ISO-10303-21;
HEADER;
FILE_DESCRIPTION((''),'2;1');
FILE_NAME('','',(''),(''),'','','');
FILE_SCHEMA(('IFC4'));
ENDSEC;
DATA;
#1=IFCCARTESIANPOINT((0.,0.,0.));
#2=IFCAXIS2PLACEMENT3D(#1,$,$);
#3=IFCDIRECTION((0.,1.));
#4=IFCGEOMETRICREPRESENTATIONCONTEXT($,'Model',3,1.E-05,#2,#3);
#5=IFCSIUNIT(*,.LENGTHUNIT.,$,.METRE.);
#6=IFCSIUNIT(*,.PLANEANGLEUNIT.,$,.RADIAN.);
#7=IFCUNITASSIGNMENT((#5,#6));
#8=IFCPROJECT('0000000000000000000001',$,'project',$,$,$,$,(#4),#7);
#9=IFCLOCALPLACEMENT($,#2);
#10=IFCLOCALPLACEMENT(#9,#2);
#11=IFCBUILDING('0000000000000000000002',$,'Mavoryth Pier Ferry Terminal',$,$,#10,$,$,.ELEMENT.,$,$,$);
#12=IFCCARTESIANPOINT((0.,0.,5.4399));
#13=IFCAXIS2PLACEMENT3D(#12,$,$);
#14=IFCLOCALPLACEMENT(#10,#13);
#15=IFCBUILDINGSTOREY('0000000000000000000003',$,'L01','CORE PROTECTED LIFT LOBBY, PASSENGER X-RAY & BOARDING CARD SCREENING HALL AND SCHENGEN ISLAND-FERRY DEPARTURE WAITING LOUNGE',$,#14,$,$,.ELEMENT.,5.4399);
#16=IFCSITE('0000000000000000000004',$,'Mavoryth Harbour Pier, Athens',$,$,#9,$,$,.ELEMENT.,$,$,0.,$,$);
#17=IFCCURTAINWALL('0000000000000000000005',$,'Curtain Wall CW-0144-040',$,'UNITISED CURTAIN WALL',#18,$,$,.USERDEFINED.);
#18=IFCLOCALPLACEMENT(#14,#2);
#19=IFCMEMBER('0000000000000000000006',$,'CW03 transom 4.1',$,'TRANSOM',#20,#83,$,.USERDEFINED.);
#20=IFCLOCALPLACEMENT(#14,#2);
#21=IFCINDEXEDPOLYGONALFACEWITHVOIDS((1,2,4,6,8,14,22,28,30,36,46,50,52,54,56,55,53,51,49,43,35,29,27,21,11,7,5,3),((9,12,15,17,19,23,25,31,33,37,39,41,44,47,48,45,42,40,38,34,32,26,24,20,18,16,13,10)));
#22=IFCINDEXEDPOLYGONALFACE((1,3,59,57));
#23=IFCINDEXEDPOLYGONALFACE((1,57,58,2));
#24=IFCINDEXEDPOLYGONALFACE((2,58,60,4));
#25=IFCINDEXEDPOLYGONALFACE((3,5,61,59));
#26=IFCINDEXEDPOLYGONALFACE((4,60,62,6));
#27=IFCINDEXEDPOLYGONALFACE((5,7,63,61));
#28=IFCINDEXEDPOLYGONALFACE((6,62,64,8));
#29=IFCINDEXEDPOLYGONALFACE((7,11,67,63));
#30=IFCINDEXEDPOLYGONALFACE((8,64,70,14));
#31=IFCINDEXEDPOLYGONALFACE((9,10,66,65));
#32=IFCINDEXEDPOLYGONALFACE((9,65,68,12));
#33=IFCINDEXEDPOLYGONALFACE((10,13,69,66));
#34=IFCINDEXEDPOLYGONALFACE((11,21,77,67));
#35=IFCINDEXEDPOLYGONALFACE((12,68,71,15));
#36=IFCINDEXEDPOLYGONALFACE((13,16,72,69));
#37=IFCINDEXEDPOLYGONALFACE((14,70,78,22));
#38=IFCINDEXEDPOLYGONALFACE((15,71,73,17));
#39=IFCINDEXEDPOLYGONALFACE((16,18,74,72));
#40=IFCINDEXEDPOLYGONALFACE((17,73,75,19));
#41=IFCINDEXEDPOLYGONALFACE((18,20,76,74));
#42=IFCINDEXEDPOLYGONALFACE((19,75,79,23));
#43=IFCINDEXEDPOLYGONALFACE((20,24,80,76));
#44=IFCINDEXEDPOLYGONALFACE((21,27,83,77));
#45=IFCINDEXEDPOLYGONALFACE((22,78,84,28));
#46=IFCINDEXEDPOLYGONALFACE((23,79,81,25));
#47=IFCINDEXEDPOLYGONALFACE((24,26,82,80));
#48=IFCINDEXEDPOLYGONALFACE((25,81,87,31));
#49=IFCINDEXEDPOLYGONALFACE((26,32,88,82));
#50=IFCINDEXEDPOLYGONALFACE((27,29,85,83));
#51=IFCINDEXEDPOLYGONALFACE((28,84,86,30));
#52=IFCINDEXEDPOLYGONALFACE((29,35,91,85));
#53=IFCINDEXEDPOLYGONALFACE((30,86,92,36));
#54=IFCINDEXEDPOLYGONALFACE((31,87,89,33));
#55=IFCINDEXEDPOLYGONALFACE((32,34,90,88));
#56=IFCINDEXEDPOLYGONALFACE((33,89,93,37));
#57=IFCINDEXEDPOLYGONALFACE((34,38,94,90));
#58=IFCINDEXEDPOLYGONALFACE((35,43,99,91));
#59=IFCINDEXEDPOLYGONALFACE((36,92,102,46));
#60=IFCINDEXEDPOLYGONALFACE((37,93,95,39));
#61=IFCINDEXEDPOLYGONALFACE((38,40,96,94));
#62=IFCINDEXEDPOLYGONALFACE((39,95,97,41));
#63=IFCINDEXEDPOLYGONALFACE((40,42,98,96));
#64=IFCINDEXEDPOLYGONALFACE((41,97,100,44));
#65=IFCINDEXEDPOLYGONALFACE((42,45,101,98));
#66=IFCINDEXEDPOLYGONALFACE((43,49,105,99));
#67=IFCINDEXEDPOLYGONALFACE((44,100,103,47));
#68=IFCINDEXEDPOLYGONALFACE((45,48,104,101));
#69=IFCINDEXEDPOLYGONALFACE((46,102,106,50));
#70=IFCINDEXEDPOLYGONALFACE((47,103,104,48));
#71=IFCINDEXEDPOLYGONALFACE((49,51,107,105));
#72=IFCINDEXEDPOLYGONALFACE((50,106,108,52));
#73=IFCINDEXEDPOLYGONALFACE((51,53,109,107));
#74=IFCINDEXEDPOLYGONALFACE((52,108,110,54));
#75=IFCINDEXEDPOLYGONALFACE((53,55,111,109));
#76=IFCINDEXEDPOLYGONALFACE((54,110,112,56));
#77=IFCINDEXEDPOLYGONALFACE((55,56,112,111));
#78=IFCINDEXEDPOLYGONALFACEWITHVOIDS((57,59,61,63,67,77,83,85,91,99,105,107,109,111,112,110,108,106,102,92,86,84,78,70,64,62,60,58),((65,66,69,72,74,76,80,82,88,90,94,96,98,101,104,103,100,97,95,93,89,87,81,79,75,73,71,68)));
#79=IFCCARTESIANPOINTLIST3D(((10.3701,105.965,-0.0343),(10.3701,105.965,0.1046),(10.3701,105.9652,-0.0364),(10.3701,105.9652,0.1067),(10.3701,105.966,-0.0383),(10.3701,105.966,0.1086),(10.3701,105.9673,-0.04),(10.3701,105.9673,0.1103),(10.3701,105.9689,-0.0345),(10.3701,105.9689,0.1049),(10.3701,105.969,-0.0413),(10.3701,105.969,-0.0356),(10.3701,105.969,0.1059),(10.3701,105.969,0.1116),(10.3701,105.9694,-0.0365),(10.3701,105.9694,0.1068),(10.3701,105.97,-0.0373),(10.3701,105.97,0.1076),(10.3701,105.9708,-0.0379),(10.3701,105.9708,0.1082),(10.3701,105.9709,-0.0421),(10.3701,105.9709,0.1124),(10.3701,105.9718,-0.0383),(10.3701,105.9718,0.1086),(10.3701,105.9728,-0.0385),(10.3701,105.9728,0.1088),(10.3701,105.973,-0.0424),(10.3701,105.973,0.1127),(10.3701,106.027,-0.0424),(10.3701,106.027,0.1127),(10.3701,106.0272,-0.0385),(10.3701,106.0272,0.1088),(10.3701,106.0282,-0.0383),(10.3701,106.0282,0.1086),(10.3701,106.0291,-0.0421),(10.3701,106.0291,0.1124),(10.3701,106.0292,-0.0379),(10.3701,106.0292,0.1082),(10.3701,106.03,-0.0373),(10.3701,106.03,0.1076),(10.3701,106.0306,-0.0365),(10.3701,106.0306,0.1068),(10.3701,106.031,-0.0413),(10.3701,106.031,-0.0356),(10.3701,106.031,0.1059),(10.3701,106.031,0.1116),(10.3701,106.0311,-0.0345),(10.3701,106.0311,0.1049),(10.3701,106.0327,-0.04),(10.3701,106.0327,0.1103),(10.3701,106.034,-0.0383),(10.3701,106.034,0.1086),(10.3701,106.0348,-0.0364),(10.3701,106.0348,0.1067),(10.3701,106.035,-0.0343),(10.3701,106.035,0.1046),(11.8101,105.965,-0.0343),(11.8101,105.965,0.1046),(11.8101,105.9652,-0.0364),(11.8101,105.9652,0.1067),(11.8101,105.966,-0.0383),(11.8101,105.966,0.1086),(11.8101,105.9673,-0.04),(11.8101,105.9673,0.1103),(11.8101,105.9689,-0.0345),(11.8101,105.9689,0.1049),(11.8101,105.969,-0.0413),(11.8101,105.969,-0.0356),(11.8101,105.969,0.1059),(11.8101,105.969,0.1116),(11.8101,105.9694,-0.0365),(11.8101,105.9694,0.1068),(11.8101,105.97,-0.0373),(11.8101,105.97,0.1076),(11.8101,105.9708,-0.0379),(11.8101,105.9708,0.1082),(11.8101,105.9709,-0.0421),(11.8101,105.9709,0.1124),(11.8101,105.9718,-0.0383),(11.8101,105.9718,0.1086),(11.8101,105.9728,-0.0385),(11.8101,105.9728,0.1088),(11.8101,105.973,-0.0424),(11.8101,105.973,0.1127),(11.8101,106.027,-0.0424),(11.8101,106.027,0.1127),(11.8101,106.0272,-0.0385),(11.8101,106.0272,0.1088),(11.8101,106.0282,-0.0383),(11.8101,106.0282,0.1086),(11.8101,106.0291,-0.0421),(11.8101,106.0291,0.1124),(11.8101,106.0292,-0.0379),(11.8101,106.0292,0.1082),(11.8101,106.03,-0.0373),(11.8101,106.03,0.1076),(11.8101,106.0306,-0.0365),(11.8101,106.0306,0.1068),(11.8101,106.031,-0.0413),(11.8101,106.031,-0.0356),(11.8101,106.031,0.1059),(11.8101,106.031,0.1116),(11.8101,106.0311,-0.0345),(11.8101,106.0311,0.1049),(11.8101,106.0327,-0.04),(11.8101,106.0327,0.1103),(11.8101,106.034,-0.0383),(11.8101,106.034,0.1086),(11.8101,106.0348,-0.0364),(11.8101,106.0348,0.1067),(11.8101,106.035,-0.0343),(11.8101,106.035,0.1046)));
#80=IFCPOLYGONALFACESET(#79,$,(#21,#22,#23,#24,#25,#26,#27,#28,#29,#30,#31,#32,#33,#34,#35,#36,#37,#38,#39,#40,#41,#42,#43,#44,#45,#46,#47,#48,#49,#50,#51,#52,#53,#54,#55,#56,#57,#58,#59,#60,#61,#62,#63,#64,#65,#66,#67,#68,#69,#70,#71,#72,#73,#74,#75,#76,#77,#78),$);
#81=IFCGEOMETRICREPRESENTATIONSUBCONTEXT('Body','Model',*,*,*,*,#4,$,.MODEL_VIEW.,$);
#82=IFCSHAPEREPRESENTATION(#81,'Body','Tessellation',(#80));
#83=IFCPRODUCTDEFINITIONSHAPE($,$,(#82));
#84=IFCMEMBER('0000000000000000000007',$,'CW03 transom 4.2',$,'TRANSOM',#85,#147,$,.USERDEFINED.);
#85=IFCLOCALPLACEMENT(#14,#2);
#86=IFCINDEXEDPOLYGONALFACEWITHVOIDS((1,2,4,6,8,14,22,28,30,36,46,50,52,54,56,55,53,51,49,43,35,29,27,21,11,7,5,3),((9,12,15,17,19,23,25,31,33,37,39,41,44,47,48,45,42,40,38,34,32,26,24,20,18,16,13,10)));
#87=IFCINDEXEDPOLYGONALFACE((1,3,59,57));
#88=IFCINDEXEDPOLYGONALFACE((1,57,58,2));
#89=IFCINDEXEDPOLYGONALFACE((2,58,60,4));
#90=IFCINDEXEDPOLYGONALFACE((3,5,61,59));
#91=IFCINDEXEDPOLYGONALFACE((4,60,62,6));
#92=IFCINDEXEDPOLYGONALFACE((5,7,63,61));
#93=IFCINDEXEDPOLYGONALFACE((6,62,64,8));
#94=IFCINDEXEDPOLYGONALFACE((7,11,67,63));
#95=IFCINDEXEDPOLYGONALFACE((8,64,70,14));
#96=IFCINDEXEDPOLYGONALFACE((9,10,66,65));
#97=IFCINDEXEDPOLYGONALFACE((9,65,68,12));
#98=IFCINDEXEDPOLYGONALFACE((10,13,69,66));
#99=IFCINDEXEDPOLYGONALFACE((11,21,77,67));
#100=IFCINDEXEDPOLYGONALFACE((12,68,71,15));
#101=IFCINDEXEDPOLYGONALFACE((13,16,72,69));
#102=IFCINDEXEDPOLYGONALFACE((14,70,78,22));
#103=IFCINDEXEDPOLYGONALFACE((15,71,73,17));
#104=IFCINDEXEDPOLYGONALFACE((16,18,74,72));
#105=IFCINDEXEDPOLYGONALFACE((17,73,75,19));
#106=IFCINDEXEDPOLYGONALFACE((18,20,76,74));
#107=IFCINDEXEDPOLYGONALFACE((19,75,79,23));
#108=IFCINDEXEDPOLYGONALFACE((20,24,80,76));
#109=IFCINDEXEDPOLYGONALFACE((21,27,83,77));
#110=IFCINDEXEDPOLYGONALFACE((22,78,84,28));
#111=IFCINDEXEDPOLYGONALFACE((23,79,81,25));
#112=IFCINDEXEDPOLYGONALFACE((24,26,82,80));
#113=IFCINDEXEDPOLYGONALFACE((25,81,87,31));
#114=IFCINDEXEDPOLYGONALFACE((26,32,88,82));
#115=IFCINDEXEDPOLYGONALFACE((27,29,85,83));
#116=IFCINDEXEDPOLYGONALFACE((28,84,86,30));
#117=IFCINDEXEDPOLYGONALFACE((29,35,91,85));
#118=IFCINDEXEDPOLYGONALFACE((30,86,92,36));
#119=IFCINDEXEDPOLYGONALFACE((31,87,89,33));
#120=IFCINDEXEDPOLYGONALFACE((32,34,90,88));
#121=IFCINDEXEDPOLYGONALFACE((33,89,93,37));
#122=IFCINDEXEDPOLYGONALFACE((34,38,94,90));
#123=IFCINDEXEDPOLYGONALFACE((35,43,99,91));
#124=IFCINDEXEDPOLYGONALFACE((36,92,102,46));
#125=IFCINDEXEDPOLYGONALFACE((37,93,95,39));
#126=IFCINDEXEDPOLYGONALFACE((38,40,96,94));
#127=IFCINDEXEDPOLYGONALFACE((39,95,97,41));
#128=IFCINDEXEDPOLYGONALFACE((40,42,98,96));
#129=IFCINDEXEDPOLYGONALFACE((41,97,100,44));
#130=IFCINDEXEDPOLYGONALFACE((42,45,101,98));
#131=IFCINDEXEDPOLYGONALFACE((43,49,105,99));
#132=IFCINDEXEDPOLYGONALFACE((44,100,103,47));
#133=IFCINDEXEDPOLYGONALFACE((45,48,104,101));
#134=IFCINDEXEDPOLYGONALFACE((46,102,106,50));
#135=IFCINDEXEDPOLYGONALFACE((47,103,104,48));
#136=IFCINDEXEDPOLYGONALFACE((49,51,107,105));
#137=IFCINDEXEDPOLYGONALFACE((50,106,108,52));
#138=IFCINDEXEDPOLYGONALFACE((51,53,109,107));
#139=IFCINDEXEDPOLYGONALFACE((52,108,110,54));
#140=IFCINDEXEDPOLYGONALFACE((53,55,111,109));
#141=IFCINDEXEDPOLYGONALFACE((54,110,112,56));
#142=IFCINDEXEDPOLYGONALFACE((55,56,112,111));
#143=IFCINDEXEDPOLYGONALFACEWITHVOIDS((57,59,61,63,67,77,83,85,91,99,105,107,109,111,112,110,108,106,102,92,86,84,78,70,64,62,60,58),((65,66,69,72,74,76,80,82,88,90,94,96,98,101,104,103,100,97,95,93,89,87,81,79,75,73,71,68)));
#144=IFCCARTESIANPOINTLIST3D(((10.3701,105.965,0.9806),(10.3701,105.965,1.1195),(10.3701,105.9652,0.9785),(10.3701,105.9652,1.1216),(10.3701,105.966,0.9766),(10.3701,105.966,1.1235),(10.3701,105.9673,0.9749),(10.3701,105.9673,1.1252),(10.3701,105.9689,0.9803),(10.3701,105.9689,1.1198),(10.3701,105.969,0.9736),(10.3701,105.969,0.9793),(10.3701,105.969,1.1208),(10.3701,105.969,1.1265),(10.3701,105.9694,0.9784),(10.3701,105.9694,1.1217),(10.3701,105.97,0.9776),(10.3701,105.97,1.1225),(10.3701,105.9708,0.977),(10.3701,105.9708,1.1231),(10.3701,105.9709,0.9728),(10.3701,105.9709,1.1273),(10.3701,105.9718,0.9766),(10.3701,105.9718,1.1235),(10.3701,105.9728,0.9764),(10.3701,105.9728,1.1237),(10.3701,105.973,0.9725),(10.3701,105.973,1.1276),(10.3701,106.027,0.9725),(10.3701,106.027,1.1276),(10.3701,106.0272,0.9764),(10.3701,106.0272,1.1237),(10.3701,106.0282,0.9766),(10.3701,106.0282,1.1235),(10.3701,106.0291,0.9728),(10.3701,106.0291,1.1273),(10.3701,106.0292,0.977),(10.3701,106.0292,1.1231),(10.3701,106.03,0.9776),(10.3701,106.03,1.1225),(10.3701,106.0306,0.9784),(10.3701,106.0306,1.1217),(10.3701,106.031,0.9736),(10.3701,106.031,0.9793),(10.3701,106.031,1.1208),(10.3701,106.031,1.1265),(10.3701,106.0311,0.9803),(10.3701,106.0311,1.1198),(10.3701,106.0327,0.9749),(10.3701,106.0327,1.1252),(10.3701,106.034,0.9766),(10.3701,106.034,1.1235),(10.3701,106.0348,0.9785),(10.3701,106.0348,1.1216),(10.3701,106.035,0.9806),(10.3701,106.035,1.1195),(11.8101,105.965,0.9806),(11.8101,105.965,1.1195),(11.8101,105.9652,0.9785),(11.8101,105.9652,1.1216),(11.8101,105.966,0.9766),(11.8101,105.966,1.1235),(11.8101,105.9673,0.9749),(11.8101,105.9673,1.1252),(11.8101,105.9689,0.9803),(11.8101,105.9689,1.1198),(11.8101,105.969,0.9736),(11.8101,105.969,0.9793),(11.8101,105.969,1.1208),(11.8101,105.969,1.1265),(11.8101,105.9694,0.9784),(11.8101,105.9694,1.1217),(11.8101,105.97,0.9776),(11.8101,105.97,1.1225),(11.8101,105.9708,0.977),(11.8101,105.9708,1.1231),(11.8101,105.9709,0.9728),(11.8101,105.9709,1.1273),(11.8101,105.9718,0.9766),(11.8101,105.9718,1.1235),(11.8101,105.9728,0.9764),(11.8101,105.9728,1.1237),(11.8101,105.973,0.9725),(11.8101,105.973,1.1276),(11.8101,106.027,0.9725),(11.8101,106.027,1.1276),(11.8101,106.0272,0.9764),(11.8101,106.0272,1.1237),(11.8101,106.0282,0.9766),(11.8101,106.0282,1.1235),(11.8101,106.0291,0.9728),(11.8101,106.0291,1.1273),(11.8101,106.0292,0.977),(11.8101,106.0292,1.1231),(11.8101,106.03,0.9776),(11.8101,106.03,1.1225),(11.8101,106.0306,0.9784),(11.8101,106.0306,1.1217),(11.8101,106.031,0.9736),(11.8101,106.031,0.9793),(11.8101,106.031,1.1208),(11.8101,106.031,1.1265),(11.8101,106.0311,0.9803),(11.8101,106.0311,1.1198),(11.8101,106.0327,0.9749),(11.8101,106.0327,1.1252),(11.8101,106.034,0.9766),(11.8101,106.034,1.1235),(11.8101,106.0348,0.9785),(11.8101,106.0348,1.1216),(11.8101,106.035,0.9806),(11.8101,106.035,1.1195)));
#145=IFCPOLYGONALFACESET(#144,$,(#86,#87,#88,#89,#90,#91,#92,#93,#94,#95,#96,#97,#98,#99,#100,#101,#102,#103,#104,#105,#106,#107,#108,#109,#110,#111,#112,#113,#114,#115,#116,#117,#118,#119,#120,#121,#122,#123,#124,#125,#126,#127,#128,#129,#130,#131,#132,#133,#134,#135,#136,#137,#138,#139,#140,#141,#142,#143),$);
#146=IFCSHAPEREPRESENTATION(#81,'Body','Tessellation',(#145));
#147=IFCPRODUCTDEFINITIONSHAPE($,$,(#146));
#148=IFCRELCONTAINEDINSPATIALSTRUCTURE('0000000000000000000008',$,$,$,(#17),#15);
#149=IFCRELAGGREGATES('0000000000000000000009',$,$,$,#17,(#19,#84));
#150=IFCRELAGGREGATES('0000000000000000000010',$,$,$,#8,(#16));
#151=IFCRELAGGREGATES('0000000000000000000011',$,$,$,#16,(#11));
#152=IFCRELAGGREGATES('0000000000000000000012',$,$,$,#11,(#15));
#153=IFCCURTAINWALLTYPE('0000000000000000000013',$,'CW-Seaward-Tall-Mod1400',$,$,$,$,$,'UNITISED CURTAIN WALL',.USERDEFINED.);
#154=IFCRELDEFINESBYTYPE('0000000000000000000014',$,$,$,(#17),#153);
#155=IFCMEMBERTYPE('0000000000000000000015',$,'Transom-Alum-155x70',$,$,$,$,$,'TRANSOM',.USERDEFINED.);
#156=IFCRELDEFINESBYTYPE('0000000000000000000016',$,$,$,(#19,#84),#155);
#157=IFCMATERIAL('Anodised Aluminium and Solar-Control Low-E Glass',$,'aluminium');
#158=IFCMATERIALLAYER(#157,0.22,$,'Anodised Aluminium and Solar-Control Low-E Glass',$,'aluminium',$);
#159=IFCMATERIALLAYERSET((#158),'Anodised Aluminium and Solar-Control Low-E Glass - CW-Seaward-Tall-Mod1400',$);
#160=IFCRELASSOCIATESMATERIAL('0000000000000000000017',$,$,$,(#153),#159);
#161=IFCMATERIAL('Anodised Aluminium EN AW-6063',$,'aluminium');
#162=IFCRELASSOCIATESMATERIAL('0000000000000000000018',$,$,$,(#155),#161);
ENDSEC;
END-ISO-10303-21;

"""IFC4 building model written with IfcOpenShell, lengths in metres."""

from ifc_helpers import new_model, si_unit, direction, frame, origin, origin_2d, place, context, subcontext, project, spatial, hollow_rectangle, extrude, material, layer, layer_set, material_profile, profile_set, type_object, element, aggregate, save


model = new_model("IFC4")

# Units and contexts
model_context = context("Model", 3, precision=1e-05, world=origin(), true_north=direction((0.0, 1.0)))
body_context = subcontext(model_context, "Body", "Model", "MODEL_VIEW")
ifc_project = project(units=[si_unit("LENGTHUNIT", "METRE"), si_unit("PLANEANGLEUNIT", "RADIAN")], contexts=[model_context])

# Site, building, storey
site_placement = place(None, origin())
site = spatial("IfcSite", under=ifc_project, at=site_placement, Name="Mavoryth Harbour Pier, Athens", CompositionType="ELEMENT", RefElevation=0.0)
building_placement = place(site_placement, origin())
building = spatial("IfcBuilding", under=site, at=building_placement, Name="Mavoryth Pier Ferry Terminal", CompositionType="ELEMENT")
storey_placement = place(building_placement, frame((0.0, 0.0, 5.4399)))
storey = spatial("IfcBuildingStorey", under=building, at=storey_placement, Name="L01", Description="CORE PROTECTED LIFT LOBBY, PASSENGER X-RAY & BOARDING CARD SCREENING HALL AND SCHENGEN ISLAND-FERRY DEPARTURE WAITING LOUNGE", CompositionType="ELEMENT", Elevation=5.4399)

# Curtain wall, members
ifc_material_1 = material(Name="Anodised Aluminium and Solar-Control Low-E Glass", Category="aluminium")
ifc_layer_1 = layer(ifc_material_1, 0.22, Name="Anodised Aluminium and Solar-Control Low-E Glass", Category="aluminium")
ifc_layer_set_1 = layer_set([ifc_layer_1], Name="Anodised Aluminium and Solar-Control Low-E Glass - CW-Seaward-Tall-Mod1400")
curtain_wall_type = type_object("IfcCurtainWallType", Name="CW-Seaward-Tall-Mod1400", ElementType="UNITISED CURTAIN WALL", PredefinedType="USERDEFINED", material=ifc_layer_set_1)
curtain_wall_placement = place(storey_placement, origin())
curtain_wall = element("IfcCurtainWall", 1, at=curtain_wall_placement, inside=storey, type_object=curtain_wall_type, Name="Curtain Wall CW-0144-040", ObjectType="UNITISED CURTAIN WALL", PredefinedType="USERDEFINED")
ifc_material_2 = material(Name="Anodised Aluminium EN AW-6063", Category="aluminium")
ifc_material_profile_1 = material_profile(ifc_material_2, hollow_rectangle(XDim=0.0701, YDim=0.155, WallThickness=0.0039, InnerFilletRadius=0.0039, OuterFilletRadius=0.0081, at=origin_2d()), Name="AL-TRAN 155x70x4", Category="aluminium")
ifc_profile_set_1 = profile_set([ifc_material_profile_1], Name="Anodised Aluminium EN AW-6063 - AL-TRAN 155x70x4")
member_type_1 = type_object("IfcMemberType", Name="Transom-Alum-155x70", ElementType="TRANSOM", PredefinedType="USERDEFINED", material=ifc_profile_set_1)
member_1_placement = place(storey_placement, frame((11.8101, 106.0, 0.0352), z_axis=(-1.0, 0.0, 0.0), x_axis=(0.0, -1.0, 0.0)))
member_1 = element("IfcMember", 2, at=member_1_placement, type_object=member_type_1, Name="CW03 transom 4.1", ObjectType="TRANSOM", PredefinedType="USERDEFINED", context=body_context, shape_type="SweptSolid", body=[
    extrude(hollow_rectangle(XDim=0.0701, YDim=0.155, WallThickness=0.0039, InnerFilletRadius=0.0039, OuterFilletRadius=0.0081, at=origin_2d()), origin(), (0.0, 0.0, 1.0), 1.4399),
])
member_2_placement = place(storey_placement, frame((11.8101, 106.0, 1.05), z_axis=(-1.0, 0.0, 0.0), x_axis=(0.0, -1.0, 0.0)))
member_2 = element("IfcMember", 3, at=member_2_placement, type_object=member_type_1, Name="CW03 transom 4.2", ObjectType="TRANSOM", PredefinedType="USERDEFINED", context=body_context, shape_type="SweptSolid", body=[
    extrude(hollow_rectangle(XDim=0.0701, YDim=0.155, WallThickness=0.0039, InnerFilletRadius=0.0039, OuterFilletRadius=0.0081, at=origin_2d()), origin(), (0.0, 0.0, 1.0), 1.4399),
])
aggregate(curtain_wall, [member_1, member_2])

save(model, "model.ifc")
